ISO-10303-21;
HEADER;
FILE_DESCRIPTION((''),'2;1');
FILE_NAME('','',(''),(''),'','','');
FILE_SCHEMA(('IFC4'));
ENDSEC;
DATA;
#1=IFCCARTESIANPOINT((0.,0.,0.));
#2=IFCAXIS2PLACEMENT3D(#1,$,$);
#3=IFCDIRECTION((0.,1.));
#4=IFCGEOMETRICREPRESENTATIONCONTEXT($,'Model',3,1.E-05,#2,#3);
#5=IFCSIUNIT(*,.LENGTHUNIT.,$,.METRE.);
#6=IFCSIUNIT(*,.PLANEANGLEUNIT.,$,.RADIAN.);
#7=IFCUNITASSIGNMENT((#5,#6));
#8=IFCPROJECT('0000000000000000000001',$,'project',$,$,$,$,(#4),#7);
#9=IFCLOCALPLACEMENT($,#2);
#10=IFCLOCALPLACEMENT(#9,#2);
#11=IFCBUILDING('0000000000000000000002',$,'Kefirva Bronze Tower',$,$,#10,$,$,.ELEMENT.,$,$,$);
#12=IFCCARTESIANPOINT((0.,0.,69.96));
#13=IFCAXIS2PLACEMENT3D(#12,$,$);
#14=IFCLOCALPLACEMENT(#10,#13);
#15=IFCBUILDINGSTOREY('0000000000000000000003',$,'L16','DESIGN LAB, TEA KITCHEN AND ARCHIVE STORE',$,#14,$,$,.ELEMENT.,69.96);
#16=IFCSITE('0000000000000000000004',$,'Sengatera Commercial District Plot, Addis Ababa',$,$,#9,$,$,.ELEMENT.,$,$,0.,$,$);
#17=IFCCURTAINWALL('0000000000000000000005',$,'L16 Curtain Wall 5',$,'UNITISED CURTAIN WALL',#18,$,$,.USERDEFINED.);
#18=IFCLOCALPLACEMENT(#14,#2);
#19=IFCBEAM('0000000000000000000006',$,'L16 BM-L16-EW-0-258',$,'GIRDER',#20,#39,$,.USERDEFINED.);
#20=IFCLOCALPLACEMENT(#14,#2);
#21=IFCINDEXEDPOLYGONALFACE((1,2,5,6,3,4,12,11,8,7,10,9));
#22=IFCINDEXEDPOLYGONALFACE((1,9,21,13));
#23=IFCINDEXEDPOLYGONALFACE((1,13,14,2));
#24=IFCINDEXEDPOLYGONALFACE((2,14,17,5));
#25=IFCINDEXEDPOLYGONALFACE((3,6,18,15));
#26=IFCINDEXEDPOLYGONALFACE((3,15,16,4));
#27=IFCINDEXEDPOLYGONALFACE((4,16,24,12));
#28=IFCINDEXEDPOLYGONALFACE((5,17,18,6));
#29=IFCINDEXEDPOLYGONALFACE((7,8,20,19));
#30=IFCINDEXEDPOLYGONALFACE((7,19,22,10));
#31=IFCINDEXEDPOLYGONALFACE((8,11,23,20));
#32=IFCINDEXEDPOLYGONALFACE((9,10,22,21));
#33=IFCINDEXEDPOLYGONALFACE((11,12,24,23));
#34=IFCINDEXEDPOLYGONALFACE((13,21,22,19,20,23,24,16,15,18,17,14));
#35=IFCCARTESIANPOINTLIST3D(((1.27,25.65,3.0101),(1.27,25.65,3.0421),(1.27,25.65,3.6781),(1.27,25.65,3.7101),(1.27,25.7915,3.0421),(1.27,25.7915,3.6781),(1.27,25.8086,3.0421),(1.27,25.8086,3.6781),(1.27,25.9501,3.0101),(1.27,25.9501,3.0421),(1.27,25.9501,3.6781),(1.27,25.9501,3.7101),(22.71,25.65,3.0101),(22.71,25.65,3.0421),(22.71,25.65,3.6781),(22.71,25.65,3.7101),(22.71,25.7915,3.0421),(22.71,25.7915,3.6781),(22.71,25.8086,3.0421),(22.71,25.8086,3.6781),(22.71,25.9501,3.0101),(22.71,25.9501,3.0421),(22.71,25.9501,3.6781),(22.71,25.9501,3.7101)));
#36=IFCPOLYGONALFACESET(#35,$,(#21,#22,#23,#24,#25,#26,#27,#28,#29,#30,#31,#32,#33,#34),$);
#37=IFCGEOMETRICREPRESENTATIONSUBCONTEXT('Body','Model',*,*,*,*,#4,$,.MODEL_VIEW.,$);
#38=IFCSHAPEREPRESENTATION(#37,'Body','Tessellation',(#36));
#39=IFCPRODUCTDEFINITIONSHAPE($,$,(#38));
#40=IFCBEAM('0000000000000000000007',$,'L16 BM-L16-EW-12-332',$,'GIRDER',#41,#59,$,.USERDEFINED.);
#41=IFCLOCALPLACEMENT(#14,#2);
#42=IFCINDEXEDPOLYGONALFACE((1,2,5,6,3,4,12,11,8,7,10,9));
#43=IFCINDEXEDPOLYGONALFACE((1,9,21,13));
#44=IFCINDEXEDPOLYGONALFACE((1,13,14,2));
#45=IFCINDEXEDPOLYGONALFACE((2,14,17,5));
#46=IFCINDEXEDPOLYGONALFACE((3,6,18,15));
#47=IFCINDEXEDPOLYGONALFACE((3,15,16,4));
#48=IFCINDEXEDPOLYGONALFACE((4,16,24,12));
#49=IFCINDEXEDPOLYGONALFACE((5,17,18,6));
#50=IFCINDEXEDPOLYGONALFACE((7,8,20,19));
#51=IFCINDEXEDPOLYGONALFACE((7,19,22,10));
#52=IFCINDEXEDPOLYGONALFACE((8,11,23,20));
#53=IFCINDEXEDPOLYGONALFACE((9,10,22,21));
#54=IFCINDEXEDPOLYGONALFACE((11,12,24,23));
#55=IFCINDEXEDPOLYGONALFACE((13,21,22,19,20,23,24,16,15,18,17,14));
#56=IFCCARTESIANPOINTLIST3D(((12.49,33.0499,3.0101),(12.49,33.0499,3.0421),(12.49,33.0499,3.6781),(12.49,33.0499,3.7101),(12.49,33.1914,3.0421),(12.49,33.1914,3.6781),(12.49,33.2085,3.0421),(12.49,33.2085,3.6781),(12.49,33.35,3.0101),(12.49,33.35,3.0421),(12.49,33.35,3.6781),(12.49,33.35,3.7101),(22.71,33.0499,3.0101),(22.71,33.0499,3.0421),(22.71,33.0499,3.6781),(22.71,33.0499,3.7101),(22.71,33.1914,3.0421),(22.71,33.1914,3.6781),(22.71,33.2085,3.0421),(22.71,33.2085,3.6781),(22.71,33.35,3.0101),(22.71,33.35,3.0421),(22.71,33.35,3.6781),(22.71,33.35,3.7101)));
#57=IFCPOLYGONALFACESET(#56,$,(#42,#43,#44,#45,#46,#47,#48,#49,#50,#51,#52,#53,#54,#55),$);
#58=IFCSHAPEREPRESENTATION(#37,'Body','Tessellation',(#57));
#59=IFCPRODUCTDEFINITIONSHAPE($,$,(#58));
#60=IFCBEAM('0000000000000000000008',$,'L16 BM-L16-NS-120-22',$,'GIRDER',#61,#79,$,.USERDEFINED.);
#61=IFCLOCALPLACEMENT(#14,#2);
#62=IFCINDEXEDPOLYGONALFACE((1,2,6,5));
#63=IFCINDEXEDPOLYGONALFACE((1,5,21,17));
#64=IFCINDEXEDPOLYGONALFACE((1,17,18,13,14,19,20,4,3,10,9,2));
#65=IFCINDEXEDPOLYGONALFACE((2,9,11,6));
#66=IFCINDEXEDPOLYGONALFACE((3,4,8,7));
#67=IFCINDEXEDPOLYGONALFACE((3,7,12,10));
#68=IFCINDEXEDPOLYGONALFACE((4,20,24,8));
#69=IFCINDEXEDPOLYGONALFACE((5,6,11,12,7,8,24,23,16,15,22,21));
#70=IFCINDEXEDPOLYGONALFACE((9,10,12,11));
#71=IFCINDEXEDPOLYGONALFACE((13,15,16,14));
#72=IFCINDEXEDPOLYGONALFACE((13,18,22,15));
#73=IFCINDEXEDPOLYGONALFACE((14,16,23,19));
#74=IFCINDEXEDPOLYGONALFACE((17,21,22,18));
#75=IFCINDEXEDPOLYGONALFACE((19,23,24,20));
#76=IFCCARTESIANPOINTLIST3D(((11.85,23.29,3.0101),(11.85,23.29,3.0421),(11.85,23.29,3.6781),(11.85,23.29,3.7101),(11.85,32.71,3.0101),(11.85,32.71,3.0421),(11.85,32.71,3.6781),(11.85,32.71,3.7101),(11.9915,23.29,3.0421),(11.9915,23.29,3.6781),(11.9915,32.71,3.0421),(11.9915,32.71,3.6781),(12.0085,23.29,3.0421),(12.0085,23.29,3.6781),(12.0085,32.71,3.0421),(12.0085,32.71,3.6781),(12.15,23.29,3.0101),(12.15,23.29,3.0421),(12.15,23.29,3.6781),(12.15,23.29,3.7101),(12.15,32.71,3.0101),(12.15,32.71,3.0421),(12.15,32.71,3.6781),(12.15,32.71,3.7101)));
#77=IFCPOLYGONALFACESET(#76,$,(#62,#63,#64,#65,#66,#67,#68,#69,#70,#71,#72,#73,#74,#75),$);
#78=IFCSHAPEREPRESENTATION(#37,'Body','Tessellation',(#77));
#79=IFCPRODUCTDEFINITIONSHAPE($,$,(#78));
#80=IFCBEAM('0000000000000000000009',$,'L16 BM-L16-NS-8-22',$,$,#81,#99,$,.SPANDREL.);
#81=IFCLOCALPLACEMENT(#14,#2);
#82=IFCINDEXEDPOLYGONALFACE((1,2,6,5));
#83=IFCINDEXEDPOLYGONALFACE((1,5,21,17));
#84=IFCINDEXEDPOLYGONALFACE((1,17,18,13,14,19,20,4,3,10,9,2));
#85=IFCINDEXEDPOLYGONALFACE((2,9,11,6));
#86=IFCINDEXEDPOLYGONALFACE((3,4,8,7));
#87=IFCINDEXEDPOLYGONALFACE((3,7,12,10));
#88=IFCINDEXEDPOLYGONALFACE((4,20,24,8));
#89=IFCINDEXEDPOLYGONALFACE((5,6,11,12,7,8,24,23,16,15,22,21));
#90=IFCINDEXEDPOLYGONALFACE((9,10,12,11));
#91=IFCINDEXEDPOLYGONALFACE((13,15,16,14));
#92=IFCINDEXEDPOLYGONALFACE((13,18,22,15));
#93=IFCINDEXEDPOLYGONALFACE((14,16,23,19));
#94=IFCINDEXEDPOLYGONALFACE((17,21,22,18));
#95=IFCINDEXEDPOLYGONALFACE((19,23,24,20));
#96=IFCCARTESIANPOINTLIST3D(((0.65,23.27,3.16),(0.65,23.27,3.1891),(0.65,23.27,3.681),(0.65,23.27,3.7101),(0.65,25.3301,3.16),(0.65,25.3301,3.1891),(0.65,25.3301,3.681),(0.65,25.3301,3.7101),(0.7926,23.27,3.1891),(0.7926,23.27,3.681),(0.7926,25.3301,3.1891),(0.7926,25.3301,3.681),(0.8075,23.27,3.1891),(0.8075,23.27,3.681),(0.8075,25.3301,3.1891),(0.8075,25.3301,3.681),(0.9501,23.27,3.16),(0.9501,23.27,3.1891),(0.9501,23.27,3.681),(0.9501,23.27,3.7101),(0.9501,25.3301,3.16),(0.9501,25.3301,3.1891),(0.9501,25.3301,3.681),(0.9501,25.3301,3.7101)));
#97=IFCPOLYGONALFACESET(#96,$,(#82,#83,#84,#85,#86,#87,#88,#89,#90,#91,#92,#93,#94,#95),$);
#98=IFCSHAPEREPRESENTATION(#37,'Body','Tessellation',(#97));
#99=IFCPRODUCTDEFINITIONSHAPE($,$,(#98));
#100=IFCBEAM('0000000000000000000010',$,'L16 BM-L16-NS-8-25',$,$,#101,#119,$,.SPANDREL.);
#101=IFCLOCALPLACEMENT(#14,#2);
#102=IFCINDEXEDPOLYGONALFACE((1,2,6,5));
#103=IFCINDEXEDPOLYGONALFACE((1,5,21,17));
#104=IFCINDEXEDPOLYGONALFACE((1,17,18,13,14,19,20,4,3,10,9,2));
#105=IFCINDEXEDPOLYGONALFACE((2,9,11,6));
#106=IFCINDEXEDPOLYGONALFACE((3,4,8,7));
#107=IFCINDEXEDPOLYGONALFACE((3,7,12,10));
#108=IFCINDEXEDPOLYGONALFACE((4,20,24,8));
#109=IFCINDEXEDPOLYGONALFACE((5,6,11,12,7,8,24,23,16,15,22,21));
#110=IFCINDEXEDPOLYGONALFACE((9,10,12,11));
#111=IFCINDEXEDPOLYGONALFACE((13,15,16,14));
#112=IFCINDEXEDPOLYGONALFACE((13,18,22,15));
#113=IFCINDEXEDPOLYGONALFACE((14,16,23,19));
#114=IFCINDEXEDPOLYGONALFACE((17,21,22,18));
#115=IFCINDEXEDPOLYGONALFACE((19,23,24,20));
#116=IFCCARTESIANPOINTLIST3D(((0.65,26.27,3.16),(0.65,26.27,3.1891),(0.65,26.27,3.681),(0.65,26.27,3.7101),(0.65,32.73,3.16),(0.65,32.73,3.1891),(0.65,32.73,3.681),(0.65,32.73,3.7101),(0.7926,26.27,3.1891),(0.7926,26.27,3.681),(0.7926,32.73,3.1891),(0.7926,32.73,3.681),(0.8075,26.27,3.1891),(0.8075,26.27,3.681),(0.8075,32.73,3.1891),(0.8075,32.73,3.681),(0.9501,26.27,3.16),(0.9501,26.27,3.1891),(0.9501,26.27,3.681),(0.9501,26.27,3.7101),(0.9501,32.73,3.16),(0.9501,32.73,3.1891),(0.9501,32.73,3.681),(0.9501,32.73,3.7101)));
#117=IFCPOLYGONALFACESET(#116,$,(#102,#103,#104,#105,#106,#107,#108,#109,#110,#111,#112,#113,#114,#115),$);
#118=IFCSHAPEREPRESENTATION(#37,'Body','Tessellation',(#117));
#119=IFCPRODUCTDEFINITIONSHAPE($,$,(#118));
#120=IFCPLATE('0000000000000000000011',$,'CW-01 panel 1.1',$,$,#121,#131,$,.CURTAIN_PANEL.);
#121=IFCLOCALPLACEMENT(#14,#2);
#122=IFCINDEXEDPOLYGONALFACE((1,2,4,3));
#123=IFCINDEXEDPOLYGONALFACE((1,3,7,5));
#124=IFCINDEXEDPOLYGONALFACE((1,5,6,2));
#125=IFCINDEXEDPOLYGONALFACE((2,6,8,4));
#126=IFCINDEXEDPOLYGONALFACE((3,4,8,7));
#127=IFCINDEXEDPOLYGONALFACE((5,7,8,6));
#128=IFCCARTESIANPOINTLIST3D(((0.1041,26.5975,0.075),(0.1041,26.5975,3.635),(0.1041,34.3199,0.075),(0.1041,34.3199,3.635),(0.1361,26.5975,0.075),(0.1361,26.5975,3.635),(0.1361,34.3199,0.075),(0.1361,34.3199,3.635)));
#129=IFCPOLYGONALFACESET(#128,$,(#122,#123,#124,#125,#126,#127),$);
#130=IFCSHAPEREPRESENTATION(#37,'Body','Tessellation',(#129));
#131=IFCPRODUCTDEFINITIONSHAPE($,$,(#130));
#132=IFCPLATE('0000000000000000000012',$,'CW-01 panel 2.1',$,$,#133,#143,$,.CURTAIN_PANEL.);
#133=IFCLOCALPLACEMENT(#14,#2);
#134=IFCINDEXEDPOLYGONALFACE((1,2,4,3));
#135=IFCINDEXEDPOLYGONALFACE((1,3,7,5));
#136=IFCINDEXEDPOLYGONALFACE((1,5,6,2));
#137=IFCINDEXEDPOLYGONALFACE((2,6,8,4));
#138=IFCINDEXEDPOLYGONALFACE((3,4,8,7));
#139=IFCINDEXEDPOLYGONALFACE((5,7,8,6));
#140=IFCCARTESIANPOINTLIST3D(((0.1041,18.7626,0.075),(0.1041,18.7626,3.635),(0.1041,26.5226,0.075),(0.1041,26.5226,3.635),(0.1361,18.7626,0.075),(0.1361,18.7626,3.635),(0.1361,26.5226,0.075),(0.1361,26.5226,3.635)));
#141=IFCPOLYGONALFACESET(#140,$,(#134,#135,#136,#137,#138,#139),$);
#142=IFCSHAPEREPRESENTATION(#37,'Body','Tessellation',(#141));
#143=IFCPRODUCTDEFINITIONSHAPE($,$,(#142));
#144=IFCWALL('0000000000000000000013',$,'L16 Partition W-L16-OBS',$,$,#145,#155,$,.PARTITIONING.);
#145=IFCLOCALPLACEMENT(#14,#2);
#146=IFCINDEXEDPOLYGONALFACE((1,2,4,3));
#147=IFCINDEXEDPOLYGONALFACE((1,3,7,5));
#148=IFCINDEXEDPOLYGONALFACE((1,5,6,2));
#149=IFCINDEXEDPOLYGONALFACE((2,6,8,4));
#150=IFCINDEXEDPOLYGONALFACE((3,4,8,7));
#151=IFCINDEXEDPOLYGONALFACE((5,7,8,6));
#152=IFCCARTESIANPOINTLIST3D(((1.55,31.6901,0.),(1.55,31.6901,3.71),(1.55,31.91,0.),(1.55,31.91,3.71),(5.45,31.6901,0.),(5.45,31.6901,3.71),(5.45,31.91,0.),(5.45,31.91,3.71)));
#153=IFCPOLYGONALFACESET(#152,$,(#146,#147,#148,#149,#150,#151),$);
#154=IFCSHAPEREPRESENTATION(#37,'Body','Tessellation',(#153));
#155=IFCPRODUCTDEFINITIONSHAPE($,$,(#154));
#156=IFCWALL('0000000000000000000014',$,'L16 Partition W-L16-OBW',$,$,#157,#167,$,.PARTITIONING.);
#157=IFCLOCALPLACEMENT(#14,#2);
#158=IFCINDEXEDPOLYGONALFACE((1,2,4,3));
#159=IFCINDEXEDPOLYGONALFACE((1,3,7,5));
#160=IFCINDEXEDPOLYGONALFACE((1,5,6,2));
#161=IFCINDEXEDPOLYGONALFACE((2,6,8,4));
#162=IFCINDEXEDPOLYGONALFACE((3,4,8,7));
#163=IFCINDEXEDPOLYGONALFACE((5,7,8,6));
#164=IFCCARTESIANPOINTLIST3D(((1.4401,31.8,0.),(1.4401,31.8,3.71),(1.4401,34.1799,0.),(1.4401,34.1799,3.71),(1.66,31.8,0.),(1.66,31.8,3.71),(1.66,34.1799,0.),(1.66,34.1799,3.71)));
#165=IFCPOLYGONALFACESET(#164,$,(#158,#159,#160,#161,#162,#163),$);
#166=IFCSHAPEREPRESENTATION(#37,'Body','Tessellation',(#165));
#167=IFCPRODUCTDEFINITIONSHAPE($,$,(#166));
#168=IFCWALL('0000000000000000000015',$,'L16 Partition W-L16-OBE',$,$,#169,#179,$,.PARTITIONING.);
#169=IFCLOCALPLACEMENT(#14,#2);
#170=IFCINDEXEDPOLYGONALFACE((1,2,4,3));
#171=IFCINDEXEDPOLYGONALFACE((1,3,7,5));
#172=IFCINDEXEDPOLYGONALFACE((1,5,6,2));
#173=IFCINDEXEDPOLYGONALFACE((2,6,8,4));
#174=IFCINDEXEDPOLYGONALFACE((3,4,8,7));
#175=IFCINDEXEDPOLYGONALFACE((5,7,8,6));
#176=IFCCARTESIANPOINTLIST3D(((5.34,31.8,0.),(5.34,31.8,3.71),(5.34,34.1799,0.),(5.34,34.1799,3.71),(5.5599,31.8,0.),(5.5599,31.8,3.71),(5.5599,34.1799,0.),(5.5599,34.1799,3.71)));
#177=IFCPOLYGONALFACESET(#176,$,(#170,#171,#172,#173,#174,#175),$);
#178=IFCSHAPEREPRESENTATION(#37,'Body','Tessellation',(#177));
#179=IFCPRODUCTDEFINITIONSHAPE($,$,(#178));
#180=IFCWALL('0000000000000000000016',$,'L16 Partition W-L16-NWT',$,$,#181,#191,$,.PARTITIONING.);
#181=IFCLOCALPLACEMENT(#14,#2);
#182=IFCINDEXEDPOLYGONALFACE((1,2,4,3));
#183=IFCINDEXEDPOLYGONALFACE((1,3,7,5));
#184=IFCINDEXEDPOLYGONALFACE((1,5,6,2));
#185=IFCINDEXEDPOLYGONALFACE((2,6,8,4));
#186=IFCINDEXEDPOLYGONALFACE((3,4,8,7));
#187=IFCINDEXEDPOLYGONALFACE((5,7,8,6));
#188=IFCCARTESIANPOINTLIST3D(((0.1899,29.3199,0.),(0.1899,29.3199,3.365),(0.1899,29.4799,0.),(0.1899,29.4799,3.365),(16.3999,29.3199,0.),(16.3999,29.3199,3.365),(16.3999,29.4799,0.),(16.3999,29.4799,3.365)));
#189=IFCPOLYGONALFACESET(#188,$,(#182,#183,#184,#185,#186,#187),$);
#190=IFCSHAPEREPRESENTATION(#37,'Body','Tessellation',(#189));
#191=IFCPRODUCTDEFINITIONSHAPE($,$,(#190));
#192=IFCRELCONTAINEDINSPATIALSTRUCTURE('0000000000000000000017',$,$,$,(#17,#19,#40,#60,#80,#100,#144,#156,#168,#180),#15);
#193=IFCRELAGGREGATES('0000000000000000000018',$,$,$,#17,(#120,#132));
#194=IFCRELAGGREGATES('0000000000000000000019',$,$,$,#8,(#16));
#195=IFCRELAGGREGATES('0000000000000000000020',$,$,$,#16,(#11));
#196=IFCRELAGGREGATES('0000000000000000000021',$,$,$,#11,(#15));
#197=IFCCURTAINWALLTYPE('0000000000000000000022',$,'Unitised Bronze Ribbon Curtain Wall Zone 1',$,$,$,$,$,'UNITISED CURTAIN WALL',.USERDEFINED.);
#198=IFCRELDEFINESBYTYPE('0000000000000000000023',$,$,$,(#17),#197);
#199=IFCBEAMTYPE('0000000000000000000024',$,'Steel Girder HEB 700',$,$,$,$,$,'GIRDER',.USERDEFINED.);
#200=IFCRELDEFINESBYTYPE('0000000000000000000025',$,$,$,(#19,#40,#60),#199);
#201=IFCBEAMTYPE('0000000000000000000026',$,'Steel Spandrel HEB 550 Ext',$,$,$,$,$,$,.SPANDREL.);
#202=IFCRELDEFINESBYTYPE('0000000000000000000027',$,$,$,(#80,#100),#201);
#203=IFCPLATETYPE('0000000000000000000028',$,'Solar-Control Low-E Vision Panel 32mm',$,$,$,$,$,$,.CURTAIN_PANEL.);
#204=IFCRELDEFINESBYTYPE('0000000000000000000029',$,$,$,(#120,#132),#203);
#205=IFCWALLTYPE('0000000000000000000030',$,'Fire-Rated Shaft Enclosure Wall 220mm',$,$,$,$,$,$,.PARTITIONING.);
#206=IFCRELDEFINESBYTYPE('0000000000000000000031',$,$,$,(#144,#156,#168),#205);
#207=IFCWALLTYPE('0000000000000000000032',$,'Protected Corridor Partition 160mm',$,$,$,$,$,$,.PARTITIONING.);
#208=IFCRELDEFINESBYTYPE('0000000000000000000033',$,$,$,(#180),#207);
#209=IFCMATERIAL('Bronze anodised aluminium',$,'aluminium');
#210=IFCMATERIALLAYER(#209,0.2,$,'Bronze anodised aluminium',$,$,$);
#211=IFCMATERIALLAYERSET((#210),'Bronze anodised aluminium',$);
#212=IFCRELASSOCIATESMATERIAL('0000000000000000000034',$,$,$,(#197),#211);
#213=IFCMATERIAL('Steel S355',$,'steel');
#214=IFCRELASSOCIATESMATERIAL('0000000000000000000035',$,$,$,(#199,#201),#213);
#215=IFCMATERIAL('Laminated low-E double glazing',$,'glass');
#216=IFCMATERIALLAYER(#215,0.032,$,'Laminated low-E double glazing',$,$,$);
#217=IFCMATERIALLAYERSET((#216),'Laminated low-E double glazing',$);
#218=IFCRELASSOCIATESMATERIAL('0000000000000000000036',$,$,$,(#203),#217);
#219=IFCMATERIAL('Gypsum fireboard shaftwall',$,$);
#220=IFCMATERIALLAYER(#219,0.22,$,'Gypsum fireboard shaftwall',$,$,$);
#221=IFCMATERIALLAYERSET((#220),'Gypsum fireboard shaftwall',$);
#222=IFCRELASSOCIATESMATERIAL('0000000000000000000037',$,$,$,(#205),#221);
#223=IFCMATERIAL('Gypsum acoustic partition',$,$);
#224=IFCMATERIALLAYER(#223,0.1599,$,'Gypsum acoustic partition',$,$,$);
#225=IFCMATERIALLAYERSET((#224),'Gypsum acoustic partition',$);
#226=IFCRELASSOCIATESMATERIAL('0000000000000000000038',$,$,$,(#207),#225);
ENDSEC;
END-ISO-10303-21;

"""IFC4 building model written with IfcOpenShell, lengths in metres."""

from ifc_helpers import new_model, si_unit, direction, frame, frame_2d, origin, origin_2d, place, context, subcontext, project, spatial, rectangle, i_section, extrude, material, layer, layer_set, material_profile, profile_set, type_object, element, aggregate, save


model = new_model("IFC4")

# Units and contexts
model_context = context("Model", 3, precision=1e-05, world=origin(), true_north=direction((0.0, 1.0)))
body_context = subcontext(model_context, "Body", "Model", "MODEL_VIEW")
ifc_project = project(units=[si_unit("LENGTHUNIT", "METRE"), si_unit("PLANEANGLEUNIT", "RADIAN")], contexts=[model_context])

# Site, building, storey
site_placement = place(None, origin())
site = spatial("IfcSite", under=ifc_project, at=site_placement, Name="Sengatera Commercial District Plot, Addis Ababa", CompositionType="ELEMENT", RefElevation=0.0)
building_placement = place(site_placement, origin())
building = spatial("IfcBuilding", under=site, at=building_placement, Name="Kefirva Bronze Tower", CompositionType="ELEMENT")
storey_placement = place(building_placement, frame((0.0, 0.0, 69.96)))
storey = spatial("IfcBuildingStorey", under=building, at=storey_placement, Name="L16", Description="DESIGN LAB, TEA KITCHEN AND ARCHIVE STORE", CompositionType="ELEMENT", Elevation=69.96)

# Curtain wall
ifc_material_1 = material(Name="Bronze anodised aluminium", Category="aluminium")
ifc_layer_1 = layer(ifc_material_1, 0.2, Name="Bronze anodised aluminium")
ifc_layer_set_1 = layer_set([ifc_layer_1], Name="Bronze anodised aluminium")
curtain_wall_type = type_object("IfcCurtainWallType", Name="Unitised Bronze Ribbon Curtain Wall Zone 1", ElementType="UNITISED CURTAIN WALL", PredefinedType="USERDEFINED", material=ifc_layer_set_1)
curtain_wall_placement = place(storey_placement, origin())
curtain_wall = element("IfcCurtainWall", 1, at=curtain_wall_placement, inside=storey, type_object=curtain_wall_type, Name="L16 Curtain Wall 5", ObjectType="UNITISED CURTAIN WALL", PredefinedType="USERDEFINED")

# Beams
ifc_material_2 = material(Name="Steel S355", Category="steel")
ifc_material_profile_1 = material_profile(ifc_material_2, i_section(OverallWidth=0.3, OverallDepth=0.7, WebThickness=0.0171, FlangeThickness=0.032, at=origin_2d()), Name="HEB 700")
ifc_profile_set_1 = profile_set([ifc_material_profile_1], Name="Steel S355")
beam_type_1 = type_object("IfcBeamType", Name="Steel Girder HEB 700", ElementType="GIRDER", PredefinedType="USERDEFINED", material=ifc_profile_set_1)
beam_1_placement = place(storey_placement, frame((1.27, 25.8, 3.3601), z_axis=(1.0, 0.0, 0.0), x_axis=(0.0, 1.0, 0.0)))
element("IfcBeam", 2, at=beam_1_placement, inside=storey, type_object=beam_type_1, Name="L16 BM-L16-EW-0-258", ObjectType="GIRDER", PredefinedType="USERDEFINED", context=body_context, shape_type="SweptSolid", body=[
    extrude(i_section(OverallWidth=0.3, OverallDepth=0.7, WebThickness=0.0171, FlangeThickness=0.032, at=origin_2d()), origin(), (0.0, 0.0, 1.0), 21.4399),
])
beam_2_placement = place(storey_placement, frame((12.49, 33.2, 3.3601), z_axis=(1.0, 0.0, 0.0), x_axis=(0.0, 1.0, 0.0)))
element("IfcBeam", 3, at=beam_2_placement, inside=storey, type_object=beam_type_1, Name="L16 BM-L16-EW-12-332", ObjectType="GIRDER", PredefinedType="USERDEFINED", context=body_context, shape_type="SweptSolid", body=[
    extrude(i_section(OverallWidth=0.3, OverallDepth=0.7, WebThickness=0.0171, FlangeThickness=0.032, at=origin_2d()), origin(), (0.0, 0.0, 1.0), 10.22),
])
beam_3_placement = place(storey_placement, frame((12.0, 23.29, 3.3601), z_axis=(0.0, 1.0, 0.0), x_axis=(-1.0, 0.0, 0.0)))
element("IfcBeam", 4, at=beam_3_placement, inside=storey, type_object=beam_type_1, Name="L16 BM-L16-NS-120-22", ObjectType="GIRDER", PredefinedType="USERDEFINED", context=body_context, shape_type="SweptSolid", body=[
    extrude(i_section(OverallWidth=0.3, OverallDepth=0.7, WebThickness=0.0171, FlangeThickness=0.032, at=origin_2d()), origin(), (0.0, 0.0, 1.0), 9.4199),
])
ifc_material_profile_2 = material_profile(ifc_material_2, i_section(OverallWidth=0.3, OverallDepth=0.55, WebThickness=0.0149, FlangeThickness=0.0291, at=origin_2d()), Name="HEB 550")
ifc_profile_set_2 = profile_set([ifc_material_profile_2], Name="Steel S355")
beam_type_2 = type_object("IfcBeamType", Name="Steel Spandrel HEB 550 Ext", PredefinedType="SPANDREL", material=ifc_profile_set_2)
beam_4_placement = place(storey_placement, frame((0.8, 23.27, 3.4351), z_axis=(0.0, 1.0, 0.0), x_axis=(-1.0, 0.0, 0.0)))
element("IfcBeam", 5, at=beam_4_placement, inside=storey, type_object=beam_type_2, Name="L16 BM-L16-NS-8-22", PredefinedType="SPANDREL", context=body_context, shape_type="SweptSolid", body=[
    extrude(i_section(OverallWidth=0.3, OverallDepth=0.55, WebThickness=0.0149, FlangeThickness=0.0291, at=origin_2d()), origin(), (0.0, 0.0, 1.0), 2.0601),
])
beam_5_placement = place(storey_placement, frame((0.8, 26.27, 3.4351), z_axis=(0.0, 1.0, 0.0), x_axis=(-1.0, 0.0, 0.0)))
element("IfcBeam", 6, at=beam_5_placement, inside=storey, type_object=beam_type_2, Name="L16 BM-L16-NS-8-25", PredefinedType="SPANDREL", context=body_context, shape_type="SweptSolid", body=[
    extrude(i_section(OverallWidth=0.3, OverallDepth=0.55, WebThickness=0.0149, FlangeThickness=0.0291, at=origin_2d()), origin(), (0.0, 0.0, 1.0), 6.46),
])

# Plates
ifc_material_3 = material(Name="Laminated low-E double glazing", Category="glass")
ifc_layer_2 = layer(ifc_material_3, 0.032, Name="Laminated low-E double glazing")
ifc_layer_set_2 = layer_set([ifc_layer_2], Name="Laminated low-E double glazing")
plate_type = type_object("IfcPlateType", Name="Solar-Control Low-E Vision Panel 32mm", PredefinedType="CURTAIN_PANEL", material=ifc_layer_set_2)
plate_1_placement = place(storey_placement, frame((0.1201, 30.4587, 0.075), z_axis=(0.0, 0.0, 1.0), x_axis=(0.0, -1.0, 0.0)))
plate_1 = element("IfcPlate", 7, at=plate_1_placement, type_object=plate_type, Name="CW-01 panel 1.1", PredefinedType="CURTAIN_PANEL", context=body_context, shape_type="SweptSolid", body=[
    extrude(rectangle(XDim=7.7224, YDim=0.032, at=origin_2d()), origin(), (0.0, 0.0, 1.0), 3.5601),
])
plate_2_placement = place(storey_placement, frame((0.1201, 22.6426, 0.075), z_axis=(0.0, 0.0, 1.0), x_axis=(0.0, -1.0, 0.0)))
plate_2 = element("IfcPlate", 8, at=plate_2_placement, type_object=plate_type, Name="CW-01 panel 2.1", PredefinedType="CURTAIN_PANEL", context=body_context, shape_type="SweptSolid", body=[
    extrude(rectangle(XDim=7.76, YDim=0.032, at=origin_2d()), origin(), (0.0, 0.0, 1.0), 3.5601),
])
aggregate(curtain_wall, [plate_1, plate_2])

# Walls
ifc_material_4 = material(Name="Gypsum fireboard shaftwall")
ifc_layer_3 = layer(ifc_material_4, 0.22, Name="Gypsum fireboard shaftwall")
ifc_layer_set_3 = layer_set([ifc_layer_3], Name="Gypsum fireboard shaftwall")
wall_type_1 = type_object("IfcWallType", Name="Fire-Rated Shaft Enclosure Wall 220mm", PredefinedType="PARTITIONING", material=ifc_layer_set_3)
wall_1_placement = place(storey_placement, frame((1.55, 31.8, 0.0), z_axis=(0.0, 0.0, 1.0), x_axis=(1.0, 0.0, 0.0)))
element("IfcWall", 9, at=wall_1_placement, inside=storey, type_object=wall_type_1, Name="L16 Partition W-L16-OBS", PredefinedType="PARTITIONING", context=body_context, shape_type="SweptSolid", body=[
    extrude(rectangle(XDim=3.8999, YDim=0.22, at=frame_2d((1.95, 0.0))), origin(), (0.0, 0.0, 1.0), 3.71),
])
for number, where, z_axis, x_axis, name in (
    (10, (1.55, 31.8, 0.0), (0.0, 0.0, 1.0), (0.0, 1.0, 0.0), "L16 Partition W-L16-OBW"),
    (11, (5.45, 31.8, 0.0), (0.0, 0.0, 1.0), (0.0, 1.0, 0.0), "L16 Partition W-L16-OBE"),
):
    element("IfcWall", number, at=place(storey_placement, frame(where, z_axis=z_axis, x_axis=x_axis)), inside=storey, type_object=wall_type_1, Name=name, PredefinedType="PARTITIONING", context=body_context, shape_type="SweptSolid", body=[
        extrude(rectangle(XDim=2.3799, YDim=0.22, at=frame_2d((1.1899, 0.0))), origin(), (0.0, 0.0, 1.0), 3.71),
    ])
ifc_material_5 = material(Name="Gypsum acoustic partition")
ifc_layer_4 = layer(ifc_material_5, 0.1599, Name="Gypsum acoustic partition")
ifc_layer_set_4 = layer_set([ifc_layer_4], Name="Gypsum acoustic partition")
wall_type_2 = type_object("IfcWallType", Name="Protected Corridor Partition 160mm", PredefinedType="PARTITIONING", material=ifc_layer_set_4)
wall_2_placement = place(storey_placement, frame((0.1899, 29.3999, 0.0), z_axis=(0.0, 0.0, 1.0), x_axis=(1.0, 0.0, 0.0)))
element("IfcWall", 12, at=wall_2_placement, inside=storey, type_object=wall_type_2, Name="L16 Partition W-L16-NWT", PredefinedType="PARTITIONING", context=body_context, shape_type="SweptSolid", body=[
    extrude(rectangle(XDim=16.21, YDim=0.1599, at=frame_2d((8.105, 0.0))), origin(), (0.0, 0.0, 1.0), 3.365),
])

save(model, "model.ifc")
